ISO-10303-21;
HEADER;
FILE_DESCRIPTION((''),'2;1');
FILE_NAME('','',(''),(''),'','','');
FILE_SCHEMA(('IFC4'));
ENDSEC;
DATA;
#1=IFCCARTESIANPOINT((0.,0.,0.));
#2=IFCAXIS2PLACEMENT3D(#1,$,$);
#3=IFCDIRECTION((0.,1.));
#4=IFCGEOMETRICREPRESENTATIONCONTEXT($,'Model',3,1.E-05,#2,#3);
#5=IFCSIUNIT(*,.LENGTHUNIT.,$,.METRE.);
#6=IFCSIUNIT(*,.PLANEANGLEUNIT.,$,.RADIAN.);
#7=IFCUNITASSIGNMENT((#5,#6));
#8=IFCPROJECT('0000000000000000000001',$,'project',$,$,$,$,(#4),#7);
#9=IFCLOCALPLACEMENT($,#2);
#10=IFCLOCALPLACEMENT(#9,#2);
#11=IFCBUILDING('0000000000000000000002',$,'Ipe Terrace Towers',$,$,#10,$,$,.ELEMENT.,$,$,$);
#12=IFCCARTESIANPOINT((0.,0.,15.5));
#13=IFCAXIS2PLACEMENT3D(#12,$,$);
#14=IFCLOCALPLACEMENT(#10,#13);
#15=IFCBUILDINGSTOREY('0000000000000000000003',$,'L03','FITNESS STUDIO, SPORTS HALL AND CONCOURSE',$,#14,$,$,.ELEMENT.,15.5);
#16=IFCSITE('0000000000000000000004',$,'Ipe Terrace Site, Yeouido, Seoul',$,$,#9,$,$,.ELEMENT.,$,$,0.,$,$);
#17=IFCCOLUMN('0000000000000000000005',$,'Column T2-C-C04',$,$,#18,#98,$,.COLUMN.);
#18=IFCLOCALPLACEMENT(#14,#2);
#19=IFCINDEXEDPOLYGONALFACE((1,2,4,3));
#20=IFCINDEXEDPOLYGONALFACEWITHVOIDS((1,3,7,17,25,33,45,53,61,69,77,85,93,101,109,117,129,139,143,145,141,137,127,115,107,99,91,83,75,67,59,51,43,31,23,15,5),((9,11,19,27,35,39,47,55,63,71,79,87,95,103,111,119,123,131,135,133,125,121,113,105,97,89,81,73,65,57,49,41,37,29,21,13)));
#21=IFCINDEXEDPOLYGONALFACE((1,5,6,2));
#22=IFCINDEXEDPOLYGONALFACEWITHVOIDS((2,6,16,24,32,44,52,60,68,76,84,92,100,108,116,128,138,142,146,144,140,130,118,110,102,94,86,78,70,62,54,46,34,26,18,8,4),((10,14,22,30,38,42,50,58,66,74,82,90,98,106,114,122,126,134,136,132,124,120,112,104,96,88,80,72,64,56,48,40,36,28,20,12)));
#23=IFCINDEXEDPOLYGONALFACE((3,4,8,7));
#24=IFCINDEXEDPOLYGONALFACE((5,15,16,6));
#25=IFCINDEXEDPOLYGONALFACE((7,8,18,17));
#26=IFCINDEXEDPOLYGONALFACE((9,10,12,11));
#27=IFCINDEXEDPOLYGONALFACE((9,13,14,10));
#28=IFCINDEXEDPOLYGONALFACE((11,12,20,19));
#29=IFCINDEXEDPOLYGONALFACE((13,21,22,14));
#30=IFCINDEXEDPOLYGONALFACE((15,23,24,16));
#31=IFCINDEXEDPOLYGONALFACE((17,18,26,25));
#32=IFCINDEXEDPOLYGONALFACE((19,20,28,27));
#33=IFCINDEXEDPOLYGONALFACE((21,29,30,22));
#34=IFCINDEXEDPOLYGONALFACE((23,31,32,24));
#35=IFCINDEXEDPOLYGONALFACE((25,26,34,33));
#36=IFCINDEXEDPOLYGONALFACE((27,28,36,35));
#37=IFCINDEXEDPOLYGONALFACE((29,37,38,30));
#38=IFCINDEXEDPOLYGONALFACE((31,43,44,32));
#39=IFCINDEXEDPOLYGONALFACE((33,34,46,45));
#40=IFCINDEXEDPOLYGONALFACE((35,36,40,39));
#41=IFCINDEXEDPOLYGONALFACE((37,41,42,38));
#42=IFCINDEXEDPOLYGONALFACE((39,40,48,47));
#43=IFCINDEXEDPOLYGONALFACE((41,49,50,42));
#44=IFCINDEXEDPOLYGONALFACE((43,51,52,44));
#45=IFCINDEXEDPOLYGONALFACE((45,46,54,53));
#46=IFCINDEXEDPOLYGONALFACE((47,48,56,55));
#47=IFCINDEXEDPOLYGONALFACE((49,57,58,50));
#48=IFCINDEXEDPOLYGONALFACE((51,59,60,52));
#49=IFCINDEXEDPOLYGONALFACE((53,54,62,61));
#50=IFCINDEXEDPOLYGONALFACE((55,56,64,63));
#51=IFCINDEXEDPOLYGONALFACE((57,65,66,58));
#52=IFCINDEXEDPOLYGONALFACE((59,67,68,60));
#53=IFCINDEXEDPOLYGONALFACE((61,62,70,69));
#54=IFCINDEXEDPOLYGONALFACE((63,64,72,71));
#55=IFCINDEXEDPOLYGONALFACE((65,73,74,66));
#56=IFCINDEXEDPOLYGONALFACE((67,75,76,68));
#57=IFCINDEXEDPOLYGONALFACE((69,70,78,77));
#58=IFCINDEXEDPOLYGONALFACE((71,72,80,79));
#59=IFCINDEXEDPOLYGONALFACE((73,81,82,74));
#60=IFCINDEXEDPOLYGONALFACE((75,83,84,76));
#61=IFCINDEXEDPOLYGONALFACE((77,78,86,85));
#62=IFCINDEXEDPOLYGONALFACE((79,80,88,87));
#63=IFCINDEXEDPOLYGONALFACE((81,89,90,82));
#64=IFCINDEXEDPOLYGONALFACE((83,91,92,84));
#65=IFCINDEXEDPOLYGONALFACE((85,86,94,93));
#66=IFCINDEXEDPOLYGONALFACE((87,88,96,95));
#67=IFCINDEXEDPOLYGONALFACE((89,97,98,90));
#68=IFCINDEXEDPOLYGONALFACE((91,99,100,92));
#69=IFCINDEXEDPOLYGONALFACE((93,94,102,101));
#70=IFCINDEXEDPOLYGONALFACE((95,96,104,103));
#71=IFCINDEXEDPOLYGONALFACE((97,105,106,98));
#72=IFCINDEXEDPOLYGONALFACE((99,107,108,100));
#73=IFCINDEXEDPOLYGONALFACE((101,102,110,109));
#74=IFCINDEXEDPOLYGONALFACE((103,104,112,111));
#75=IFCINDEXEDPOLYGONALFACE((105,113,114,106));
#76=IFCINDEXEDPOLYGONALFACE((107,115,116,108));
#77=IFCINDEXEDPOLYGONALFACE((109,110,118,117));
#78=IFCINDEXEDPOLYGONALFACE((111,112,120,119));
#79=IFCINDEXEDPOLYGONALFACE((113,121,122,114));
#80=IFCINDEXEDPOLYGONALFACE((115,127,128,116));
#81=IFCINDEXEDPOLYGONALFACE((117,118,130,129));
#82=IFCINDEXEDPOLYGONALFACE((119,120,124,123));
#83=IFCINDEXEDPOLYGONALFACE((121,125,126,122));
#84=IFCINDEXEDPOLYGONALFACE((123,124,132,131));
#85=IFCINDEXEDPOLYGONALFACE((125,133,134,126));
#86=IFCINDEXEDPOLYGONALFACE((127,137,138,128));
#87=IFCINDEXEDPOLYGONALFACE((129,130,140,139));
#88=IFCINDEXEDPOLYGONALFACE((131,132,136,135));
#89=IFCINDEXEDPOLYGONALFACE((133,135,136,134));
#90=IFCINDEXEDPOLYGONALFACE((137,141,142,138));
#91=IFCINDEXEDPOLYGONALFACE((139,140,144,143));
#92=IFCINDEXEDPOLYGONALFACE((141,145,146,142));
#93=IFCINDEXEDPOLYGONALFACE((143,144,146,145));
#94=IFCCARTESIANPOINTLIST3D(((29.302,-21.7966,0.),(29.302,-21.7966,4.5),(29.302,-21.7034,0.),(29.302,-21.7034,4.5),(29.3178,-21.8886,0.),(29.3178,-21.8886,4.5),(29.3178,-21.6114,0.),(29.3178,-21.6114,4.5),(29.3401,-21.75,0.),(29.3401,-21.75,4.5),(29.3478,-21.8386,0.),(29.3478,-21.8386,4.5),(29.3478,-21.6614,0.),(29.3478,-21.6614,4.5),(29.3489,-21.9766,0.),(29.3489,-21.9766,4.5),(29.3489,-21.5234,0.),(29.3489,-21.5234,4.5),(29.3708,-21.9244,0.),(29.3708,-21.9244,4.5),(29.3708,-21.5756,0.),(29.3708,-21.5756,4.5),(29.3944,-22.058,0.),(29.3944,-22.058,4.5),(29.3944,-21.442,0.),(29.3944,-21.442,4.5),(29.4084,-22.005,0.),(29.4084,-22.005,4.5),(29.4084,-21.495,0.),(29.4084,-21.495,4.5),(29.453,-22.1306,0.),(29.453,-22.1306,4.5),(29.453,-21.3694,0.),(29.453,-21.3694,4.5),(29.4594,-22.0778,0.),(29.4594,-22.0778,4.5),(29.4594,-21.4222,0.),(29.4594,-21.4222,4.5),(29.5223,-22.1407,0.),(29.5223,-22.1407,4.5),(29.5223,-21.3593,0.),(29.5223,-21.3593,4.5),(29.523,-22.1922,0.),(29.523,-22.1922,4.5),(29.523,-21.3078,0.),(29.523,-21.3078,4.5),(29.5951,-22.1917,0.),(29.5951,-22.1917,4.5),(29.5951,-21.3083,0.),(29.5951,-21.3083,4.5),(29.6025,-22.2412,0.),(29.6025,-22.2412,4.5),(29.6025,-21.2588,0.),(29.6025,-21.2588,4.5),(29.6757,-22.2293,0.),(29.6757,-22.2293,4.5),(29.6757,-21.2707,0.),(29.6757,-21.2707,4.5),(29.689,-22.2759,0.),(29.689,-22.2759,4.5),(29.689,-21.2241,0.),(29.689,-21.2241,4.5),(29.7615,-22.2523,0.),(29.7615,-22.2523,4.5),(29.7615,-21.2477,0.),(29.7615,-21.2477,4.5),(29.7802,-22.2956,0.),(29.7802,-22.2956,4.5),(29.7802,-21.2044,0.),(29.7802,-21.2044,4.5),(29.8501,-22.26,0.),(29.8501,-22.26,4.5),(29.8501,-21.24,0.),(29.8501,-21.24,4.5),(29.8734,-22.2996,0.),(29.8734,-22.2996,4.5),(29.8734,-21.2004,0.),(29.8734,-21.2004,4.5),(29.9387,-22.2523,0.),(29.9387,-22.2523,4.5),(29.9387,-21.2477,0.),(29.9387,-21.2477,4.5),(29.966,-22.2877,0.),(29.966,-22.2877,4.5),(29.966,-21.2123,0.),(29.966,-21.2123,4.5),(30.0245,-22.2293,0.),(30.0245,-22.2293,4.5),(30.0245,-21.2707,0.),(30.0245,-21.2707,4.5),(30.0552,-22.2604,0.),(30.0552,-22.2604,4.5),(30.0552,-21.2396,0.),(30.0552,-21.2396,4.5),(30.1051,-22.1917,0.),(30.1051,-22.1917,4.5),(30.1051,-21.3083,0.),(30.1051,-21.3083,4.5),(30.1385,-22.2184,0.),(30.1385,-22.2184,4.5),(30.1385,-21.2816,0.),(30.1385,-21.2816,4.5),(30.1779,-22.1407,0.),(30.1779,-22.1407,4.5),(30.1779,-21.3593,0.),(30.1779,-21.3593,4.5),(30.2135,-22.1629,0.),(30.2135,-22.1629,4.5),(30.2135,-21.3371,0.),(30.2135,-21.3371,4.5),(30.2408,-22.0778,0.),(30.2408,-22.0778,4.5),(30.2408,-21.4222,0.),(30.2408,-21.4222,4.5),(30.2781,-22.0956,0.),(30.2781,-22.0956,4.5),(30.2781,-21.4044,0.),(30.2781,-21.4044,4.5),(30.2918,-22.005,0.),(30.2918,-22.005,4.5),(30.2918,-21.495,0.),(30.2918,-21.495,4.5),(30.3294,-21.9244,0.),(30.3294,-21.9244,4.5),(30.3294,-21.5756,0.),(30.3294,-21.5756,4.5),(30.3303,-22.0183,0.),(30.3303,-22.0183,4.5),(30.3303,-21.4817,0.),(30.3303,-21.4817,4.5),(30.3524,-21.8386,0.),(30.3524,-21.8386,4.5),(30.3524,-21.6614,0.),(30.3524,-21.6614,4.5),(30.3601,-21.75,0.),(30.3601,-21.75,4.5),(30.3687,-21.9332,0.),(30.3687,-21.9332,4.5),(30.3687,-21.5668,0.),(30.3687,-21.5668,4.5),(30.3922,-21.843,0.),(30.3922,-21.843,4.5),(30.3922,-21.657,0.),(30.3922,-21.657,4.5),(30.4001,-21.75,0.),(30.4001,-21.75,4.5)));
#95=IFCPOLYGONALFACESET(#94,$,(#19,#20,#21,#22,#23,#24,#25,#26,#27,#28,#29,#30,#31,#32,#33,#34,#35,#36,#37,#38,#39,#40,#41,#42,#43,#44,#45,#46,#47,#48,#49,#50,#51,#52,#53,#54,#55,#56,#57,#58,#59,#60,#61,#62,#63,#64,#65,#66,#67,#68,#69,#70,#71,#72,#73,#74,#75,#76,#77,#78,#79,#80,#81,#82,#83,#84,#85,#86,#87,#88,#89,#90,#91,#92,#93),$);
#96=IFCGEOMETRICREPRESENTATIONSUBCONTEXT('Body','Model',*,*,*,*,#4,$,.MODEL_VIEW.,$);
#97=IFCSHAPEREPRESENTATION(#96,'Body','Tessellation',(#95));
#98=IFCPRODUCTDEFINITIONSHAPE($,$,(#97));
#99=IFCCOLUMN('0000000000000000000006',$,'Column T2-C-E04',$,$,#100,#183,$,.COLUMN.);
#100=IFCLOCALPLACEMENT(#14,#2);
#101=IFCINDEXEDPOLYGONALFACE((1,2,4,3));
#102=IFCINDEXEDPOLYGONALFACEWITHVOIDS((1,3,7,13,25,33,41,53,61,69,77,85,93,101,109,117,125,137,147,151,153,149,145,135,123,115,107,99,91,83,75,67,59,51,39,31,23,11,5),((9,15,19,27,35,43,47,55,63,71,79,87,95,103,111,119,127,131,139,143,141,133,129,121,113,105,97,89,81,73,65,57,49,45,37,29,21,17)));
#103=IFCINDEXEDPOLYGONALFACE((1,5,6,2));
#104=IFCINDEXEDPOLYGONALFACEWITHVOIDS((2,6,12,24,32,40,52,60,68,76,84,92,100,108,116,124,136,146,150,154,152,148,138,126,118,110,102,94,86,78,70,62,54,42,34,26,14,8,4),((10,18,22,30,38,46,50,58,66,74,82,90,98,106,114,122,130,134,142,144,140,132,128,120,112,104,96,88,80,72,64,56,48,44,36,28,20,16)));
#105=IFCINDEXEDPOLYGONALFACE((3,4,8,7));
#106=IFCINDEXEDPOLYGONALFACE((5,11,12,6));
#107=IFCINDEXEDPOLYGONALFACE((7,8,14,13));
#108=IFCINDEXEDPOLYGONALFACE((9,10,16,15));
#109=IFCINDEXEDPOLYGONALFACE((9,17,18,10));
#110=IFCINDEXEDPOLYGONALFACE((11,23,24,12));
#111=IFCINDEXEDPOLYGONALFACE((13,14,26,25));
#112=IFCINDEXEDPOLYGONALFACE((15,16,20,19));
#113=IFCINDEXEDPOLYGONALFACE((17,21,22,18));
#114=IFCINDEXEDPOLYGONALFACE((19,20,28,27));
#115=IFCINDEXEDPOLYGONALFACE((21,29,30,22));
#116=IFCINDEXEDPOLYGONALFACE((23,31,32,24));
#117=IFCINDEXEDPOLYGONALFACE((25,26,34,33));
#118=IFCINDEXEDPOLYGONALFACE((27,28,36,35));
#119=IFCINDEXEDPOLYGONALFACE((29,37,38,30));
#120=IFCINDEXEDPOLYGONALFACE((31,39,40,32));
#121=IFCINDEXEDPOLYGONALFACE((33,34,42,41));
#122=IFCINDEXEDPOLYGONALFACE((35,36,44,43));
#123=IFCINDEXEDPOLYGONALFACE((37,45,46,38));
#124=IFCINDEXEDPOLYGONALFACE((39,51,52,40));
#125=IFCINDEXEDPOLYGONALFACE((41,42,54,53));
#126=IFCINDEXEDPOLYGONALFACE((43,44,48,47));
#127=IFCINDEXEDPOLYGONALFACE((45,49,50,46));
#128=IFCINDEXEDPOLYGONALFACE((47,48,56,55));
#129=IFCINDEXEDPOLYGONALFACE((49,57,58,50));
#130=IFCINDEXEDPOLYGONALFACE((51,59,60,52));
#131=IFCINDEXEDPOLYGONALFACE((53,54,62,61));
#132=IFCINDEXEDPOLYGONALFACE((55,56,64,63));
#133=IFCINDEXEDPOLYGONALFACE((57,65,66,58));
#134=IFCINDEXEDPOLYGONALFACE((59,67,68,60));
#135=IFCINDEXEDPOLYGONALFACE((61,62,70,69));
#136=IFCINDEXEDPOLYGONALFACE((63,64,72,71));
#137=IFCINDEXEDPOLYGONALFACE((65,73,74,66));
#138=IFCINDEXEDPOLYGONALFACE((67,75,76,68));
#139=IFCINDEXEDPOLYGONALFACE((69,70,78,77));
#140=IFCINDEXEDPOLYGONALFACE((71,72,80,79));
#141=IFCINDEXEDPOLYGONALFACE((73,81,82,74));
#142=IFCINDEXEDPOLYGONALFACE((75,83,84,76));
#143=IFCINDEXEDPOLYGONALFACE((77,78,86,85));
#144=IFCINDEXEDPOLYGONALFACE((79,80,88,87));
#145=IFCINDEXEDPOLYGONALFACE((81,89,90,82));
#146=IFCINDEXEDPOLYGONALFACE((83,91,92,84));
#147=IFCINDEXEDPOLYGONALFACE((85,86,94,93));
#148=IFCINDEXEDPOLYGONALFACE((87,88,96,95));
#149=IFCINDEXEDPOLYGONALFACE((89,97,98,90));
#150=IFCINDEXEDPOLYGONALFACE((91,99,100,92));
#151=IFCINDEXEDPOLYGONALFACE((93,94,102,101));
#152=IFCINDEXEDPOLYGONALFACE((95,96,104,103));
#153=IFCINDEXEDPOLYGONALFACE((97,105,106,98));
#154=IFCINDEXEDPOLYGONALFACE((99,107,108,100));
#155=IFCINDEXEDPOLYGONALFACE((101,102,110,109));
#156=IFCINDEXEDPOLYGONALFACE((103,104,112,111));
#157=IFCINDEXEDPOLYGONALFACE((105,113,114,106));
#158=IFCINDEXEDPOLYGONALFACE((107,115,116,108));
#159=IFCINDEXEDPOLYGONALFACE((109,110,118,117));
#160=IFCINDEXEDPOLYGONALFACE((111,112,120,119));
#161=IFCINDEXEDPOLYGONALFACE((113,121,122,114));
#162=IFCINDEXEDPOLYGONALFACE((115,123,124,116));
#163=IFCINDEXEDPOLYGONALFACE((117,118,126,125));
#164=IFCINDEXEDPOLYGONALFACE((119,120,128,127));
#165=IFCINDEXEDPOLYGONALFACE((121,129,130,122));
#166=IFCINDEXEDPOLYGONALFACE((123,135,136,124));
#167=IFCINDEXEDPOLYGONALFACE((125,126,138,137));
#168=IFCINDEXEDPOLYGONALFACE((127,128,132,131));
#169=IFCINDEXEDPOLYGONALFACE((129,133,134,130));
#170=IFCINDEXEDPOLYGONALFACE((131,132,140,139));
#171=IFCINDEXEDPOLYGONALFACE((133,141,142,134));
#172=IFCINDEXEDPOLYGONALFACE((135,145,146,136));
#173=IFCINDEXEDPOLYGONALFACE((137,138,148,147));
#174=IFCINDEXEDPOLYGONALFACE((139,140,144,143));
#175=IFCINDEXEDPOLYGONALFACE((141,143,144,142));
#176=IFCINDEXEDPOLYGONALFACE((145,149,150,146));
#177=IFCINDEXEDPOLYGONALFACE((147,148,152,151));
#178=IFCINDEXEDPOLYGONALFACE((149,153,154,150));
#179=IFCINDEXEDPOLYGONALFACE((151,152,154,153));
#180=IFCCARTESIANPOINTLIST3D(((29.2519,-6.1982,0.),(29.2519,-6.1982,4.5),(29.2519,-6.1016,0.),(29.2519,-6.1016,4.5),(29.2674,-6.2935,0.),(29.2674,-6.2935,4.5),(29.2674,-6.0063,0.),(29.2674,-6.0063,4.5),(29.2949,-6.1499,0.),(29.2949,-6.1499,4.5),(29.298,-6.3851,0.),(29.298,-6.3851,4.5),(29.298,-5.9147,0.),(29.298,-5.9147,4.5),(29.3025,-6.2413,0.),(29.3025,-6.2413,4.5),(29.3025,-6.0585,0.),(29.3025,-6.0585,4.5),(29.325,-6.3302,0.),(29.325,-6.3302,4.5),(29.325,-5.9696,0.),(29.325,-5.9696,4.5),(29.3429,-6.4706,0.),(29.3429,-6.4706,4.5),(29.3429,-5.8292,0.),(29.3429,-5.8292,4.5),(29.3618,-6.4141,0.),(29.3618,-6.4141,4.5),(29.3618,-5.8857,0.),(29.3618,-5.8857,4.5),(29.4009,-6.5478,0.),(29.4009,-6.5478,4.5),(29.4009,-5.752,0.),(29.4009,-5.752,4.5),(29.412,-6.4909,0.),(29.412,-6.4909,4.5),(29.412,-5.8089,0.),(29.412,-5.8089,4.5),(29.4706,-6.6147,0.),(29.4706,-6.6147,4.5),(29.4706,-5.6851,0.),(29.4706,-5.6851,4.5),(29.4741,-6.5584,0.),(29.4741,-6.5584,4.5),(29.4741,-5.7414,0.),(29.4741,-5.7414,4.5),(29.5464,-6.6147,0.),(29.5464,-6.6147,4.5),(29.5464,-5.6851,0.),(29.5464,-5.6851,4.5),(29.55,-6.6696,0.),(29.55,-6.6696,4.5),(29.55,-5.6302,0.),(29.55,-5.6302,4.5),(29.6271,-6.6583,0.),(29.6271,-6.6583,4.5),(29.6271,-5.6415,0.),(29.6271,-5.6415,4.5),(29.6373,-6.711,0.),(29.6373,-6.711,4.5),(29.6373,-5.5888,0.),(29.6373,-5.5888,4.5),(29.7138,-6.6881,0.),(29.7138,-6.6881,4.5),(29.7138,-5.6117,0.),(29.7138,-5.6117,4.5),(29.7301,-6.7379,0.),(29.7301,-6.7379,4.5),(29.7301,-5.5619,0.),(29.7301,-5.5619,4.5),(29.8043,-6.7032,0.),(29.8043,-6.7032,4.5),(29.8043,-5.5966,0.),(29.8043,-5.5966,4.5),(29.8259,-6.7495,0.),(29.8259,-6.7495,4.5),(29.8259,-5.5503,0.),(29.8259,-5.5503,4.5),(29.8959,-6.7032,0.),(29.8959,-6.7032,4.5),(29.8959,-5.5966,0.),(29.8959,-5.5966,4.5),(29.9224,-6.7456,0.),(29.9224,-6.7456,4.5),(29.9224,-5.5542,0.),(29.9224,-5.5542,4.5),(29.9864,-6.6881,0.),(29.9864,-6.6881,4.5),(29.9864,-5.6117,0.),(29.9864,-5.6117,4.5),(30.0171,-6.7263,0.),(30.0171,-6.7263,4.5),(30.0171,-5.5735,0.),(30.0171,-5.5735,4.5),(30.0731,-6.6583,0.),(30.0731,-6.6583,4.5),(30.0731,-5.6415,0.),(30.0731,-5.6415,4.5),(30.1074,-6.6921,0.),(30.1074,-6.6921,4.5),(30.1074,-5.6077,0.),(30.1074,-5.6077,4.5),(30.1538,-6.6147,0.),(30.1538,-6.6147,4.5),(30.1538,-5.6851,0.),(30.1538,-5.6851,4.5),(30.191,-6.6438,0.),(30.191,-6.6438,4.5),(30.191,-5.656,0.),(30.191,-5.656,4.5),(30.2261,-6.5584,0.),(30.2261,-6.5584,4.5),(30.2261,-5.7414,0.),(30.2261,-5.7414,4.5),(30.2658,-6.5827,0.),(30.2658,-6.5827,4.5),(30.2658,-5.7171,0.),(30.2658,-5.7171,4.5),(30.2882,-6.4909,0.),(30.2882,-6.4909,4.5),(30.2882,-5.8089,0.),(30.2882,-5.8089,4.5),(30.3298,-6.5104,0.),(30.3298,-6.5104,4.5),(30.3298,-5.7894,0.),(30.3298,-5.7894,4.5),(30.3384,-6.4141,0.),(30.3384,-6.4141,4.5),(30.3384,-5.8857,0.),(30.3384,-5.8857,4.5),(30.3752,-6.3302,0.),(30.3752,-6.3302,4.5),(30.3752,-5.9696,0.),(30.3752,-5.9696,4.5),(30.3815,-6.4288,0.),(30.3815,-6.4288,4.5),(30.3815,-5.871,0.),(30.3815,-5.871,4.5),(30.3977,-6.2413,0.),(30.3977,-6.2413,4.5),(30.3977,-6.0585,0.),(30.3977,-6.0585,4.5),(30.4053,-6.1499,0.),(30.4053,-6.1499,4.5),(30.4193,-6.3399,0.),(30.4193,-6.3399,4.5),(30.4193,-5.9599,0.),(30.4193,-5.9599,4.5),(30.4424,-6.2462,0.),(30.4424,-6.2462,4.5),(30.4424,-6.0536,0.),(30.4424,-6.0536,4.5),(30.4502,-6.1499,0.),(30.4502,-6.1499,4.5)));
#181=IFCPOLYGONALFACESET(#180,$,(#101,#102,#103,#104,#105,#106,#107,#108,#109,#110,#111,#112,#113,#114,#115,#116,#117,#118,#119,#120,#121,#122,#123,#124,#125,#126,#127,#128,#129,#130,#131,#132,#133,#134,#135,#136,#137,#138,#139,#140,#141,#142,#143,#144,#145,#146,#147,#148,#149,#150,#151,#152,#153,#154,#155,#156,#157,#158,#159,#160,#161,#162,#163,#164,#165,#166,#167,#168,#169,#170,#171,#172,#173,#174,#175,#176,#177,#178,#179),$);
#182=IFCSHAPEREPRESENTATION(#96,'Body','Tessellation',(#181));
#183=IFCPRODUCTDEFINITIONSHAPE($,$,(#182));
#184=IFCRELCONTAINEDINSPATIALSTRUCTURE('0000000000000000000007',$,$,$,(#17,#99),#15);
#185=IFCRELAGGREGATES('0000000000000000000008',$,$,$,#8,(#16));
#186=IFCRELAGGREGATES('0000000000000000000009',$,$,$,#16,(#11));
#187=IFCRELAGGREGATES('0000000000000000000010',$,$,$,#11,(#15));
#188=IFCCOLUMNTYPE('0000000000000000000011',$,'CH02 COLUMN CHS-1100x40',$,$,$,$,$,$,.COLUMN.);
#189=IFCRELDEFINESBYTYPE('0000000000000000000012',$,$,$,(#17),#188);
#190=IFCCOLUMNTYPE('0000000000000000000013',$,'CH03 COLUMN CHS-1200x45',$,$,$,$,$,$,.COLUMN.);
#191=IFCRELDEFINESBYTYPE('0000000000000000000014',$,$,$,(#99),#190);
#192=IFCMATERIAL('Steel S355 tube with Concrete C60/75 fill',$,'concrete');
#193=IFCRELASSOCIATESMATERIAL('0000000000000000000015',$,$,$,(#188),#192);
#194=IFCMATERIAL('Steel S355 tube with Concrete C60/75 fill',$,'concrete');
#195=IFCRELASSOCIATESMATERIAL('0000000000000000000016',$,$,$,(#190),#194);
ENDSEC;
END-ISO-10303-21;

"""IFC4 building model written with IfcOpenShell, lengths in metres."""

from ifc_helpers import new_model, si_unit, direction, frame, origin, origin_2d, place, context, subcontext, project, spatial, hollow_circle, extrude, material, material_profile, profile_set, type_object, element, save


model = new_model("IFC4")

# Units and contexts
model_context = context("Model", 3, precision=1e-05, world=origin(), true_north=direction((0.0, 1.0)))
body_context = subcontext(model_context, "Body", "Model", "MODEL_VIEW")
ifc_project = project(units=[si_unit("LENGTHUNIT", "METRE"), si_unit("PLANEANGLEUNIT", "RADIAN")], contexts=[model_context])

# Site, building, storey
site_placement = place(None, origin())
site = spatial("IfcSite", under=ifc_project, at=site_placement, Name="Ipe Terrace Site, Yeouido, Seoul", CompositionType="ELEMENT", RefElevation=0.0)
building_placement = place(site_placement, origin())
building = spatial("IfcBuilding", under=site, at=building_placement, Name="Ipe Terrace Towers", CompositionType="ELEMENT")
storey_placement = place(building_placement, frame((0.0, 0.0, 15.5)))
storey = spatial("IfcBuildingStorey", under=building, at=storey_placement, Name="L03", Description="FITNESS STUDIO, SPORTS HALL AND CONCOURSE", CompositionType="ELEMENT", Elevation=15.5)

# Columns
ifc_material_1 = material(Name="Steel S355 tube with Concrete C60/75 fill", Category="concrete")
ifc_material_profile_1 = material_profile(ifc_material_1, hollow_circle(Radius=0.55, WallThickness=0.04, at=origin_2d()), Name="CHS-1100x40")
ifc_profile_set_1 = profile_set([ifc_material_profile_1], Name="Steel S355 tube with Concrete C60/75 fill")
column_type_1 = type_object("IfcColumnType", Name="CH02 COLUMN CHS-1100x40", PredefinedType="COLUMN", material=ifc_profile_set_1)
for number, where, z_axis, x_axis, name in (
    (1, (29.8501, -21.75, 0.0), (0.0, 0.0, 1.0), (1.0, 0.0, 0.0), "Column T2-C-C04"),
):
    element("IfcColumn", number, at=place(storey_placement, frame(where, z_axis=z_axis, x_axis=x_axis)), inside=storey, type_object=column_type_1, Name=name, PredefinedType="COLUMN", context=body_context, shape_type="SweptSolid", body=[
        extrude(hollow_circle(Radius=0.55, WallThickness=0.04, at=origin_2d()), origin(), (0.0, 0.0, 1.0), 4.5),
    ])
ifc_material_2 = material(Name="Steel S355 tube with Concrete C60/75 fill", Category="concrete")
ifc_material_profile_2 = material_profile(ifc_material_2, hollow_circle(Radius=0.6001, WallThickness=0.0449, at=origin_2d()), Name="CHS-1200x45")
ifc_profile_set_2 = profile_set([ifc_material_profile_2], Name="Steel S355 tube with Concrete C60/75 fill")
column_type_2 = type_object("IfcColumnType", Name="CH03 COLUMN CHS-1200x45", PredefinedType="COLUMN", material=ifc_profile_set_2)
column_1_placement = place(storey_placement, frame((29.8501, -6.1499, 0.0), z_axis=(0.0, 0.0, 1.0), x_axis=(1.0, 0.0, 0.0)))
element("IfcColumn", 2, at=column_1_placement, inside=storey, type_object=column_type_2, Name="Column T2-C-E04", PredefinedType="COLUMN", context=body_context, shape_type="SweptSolid", body=[
    extrude(hollow_circle(Radius=0.6001, WallThickness=0.0449, at=origin_2d()), origin(), (0.0, 0.0, 1.0), 4.5),
])

save(model, "model.ifc")
